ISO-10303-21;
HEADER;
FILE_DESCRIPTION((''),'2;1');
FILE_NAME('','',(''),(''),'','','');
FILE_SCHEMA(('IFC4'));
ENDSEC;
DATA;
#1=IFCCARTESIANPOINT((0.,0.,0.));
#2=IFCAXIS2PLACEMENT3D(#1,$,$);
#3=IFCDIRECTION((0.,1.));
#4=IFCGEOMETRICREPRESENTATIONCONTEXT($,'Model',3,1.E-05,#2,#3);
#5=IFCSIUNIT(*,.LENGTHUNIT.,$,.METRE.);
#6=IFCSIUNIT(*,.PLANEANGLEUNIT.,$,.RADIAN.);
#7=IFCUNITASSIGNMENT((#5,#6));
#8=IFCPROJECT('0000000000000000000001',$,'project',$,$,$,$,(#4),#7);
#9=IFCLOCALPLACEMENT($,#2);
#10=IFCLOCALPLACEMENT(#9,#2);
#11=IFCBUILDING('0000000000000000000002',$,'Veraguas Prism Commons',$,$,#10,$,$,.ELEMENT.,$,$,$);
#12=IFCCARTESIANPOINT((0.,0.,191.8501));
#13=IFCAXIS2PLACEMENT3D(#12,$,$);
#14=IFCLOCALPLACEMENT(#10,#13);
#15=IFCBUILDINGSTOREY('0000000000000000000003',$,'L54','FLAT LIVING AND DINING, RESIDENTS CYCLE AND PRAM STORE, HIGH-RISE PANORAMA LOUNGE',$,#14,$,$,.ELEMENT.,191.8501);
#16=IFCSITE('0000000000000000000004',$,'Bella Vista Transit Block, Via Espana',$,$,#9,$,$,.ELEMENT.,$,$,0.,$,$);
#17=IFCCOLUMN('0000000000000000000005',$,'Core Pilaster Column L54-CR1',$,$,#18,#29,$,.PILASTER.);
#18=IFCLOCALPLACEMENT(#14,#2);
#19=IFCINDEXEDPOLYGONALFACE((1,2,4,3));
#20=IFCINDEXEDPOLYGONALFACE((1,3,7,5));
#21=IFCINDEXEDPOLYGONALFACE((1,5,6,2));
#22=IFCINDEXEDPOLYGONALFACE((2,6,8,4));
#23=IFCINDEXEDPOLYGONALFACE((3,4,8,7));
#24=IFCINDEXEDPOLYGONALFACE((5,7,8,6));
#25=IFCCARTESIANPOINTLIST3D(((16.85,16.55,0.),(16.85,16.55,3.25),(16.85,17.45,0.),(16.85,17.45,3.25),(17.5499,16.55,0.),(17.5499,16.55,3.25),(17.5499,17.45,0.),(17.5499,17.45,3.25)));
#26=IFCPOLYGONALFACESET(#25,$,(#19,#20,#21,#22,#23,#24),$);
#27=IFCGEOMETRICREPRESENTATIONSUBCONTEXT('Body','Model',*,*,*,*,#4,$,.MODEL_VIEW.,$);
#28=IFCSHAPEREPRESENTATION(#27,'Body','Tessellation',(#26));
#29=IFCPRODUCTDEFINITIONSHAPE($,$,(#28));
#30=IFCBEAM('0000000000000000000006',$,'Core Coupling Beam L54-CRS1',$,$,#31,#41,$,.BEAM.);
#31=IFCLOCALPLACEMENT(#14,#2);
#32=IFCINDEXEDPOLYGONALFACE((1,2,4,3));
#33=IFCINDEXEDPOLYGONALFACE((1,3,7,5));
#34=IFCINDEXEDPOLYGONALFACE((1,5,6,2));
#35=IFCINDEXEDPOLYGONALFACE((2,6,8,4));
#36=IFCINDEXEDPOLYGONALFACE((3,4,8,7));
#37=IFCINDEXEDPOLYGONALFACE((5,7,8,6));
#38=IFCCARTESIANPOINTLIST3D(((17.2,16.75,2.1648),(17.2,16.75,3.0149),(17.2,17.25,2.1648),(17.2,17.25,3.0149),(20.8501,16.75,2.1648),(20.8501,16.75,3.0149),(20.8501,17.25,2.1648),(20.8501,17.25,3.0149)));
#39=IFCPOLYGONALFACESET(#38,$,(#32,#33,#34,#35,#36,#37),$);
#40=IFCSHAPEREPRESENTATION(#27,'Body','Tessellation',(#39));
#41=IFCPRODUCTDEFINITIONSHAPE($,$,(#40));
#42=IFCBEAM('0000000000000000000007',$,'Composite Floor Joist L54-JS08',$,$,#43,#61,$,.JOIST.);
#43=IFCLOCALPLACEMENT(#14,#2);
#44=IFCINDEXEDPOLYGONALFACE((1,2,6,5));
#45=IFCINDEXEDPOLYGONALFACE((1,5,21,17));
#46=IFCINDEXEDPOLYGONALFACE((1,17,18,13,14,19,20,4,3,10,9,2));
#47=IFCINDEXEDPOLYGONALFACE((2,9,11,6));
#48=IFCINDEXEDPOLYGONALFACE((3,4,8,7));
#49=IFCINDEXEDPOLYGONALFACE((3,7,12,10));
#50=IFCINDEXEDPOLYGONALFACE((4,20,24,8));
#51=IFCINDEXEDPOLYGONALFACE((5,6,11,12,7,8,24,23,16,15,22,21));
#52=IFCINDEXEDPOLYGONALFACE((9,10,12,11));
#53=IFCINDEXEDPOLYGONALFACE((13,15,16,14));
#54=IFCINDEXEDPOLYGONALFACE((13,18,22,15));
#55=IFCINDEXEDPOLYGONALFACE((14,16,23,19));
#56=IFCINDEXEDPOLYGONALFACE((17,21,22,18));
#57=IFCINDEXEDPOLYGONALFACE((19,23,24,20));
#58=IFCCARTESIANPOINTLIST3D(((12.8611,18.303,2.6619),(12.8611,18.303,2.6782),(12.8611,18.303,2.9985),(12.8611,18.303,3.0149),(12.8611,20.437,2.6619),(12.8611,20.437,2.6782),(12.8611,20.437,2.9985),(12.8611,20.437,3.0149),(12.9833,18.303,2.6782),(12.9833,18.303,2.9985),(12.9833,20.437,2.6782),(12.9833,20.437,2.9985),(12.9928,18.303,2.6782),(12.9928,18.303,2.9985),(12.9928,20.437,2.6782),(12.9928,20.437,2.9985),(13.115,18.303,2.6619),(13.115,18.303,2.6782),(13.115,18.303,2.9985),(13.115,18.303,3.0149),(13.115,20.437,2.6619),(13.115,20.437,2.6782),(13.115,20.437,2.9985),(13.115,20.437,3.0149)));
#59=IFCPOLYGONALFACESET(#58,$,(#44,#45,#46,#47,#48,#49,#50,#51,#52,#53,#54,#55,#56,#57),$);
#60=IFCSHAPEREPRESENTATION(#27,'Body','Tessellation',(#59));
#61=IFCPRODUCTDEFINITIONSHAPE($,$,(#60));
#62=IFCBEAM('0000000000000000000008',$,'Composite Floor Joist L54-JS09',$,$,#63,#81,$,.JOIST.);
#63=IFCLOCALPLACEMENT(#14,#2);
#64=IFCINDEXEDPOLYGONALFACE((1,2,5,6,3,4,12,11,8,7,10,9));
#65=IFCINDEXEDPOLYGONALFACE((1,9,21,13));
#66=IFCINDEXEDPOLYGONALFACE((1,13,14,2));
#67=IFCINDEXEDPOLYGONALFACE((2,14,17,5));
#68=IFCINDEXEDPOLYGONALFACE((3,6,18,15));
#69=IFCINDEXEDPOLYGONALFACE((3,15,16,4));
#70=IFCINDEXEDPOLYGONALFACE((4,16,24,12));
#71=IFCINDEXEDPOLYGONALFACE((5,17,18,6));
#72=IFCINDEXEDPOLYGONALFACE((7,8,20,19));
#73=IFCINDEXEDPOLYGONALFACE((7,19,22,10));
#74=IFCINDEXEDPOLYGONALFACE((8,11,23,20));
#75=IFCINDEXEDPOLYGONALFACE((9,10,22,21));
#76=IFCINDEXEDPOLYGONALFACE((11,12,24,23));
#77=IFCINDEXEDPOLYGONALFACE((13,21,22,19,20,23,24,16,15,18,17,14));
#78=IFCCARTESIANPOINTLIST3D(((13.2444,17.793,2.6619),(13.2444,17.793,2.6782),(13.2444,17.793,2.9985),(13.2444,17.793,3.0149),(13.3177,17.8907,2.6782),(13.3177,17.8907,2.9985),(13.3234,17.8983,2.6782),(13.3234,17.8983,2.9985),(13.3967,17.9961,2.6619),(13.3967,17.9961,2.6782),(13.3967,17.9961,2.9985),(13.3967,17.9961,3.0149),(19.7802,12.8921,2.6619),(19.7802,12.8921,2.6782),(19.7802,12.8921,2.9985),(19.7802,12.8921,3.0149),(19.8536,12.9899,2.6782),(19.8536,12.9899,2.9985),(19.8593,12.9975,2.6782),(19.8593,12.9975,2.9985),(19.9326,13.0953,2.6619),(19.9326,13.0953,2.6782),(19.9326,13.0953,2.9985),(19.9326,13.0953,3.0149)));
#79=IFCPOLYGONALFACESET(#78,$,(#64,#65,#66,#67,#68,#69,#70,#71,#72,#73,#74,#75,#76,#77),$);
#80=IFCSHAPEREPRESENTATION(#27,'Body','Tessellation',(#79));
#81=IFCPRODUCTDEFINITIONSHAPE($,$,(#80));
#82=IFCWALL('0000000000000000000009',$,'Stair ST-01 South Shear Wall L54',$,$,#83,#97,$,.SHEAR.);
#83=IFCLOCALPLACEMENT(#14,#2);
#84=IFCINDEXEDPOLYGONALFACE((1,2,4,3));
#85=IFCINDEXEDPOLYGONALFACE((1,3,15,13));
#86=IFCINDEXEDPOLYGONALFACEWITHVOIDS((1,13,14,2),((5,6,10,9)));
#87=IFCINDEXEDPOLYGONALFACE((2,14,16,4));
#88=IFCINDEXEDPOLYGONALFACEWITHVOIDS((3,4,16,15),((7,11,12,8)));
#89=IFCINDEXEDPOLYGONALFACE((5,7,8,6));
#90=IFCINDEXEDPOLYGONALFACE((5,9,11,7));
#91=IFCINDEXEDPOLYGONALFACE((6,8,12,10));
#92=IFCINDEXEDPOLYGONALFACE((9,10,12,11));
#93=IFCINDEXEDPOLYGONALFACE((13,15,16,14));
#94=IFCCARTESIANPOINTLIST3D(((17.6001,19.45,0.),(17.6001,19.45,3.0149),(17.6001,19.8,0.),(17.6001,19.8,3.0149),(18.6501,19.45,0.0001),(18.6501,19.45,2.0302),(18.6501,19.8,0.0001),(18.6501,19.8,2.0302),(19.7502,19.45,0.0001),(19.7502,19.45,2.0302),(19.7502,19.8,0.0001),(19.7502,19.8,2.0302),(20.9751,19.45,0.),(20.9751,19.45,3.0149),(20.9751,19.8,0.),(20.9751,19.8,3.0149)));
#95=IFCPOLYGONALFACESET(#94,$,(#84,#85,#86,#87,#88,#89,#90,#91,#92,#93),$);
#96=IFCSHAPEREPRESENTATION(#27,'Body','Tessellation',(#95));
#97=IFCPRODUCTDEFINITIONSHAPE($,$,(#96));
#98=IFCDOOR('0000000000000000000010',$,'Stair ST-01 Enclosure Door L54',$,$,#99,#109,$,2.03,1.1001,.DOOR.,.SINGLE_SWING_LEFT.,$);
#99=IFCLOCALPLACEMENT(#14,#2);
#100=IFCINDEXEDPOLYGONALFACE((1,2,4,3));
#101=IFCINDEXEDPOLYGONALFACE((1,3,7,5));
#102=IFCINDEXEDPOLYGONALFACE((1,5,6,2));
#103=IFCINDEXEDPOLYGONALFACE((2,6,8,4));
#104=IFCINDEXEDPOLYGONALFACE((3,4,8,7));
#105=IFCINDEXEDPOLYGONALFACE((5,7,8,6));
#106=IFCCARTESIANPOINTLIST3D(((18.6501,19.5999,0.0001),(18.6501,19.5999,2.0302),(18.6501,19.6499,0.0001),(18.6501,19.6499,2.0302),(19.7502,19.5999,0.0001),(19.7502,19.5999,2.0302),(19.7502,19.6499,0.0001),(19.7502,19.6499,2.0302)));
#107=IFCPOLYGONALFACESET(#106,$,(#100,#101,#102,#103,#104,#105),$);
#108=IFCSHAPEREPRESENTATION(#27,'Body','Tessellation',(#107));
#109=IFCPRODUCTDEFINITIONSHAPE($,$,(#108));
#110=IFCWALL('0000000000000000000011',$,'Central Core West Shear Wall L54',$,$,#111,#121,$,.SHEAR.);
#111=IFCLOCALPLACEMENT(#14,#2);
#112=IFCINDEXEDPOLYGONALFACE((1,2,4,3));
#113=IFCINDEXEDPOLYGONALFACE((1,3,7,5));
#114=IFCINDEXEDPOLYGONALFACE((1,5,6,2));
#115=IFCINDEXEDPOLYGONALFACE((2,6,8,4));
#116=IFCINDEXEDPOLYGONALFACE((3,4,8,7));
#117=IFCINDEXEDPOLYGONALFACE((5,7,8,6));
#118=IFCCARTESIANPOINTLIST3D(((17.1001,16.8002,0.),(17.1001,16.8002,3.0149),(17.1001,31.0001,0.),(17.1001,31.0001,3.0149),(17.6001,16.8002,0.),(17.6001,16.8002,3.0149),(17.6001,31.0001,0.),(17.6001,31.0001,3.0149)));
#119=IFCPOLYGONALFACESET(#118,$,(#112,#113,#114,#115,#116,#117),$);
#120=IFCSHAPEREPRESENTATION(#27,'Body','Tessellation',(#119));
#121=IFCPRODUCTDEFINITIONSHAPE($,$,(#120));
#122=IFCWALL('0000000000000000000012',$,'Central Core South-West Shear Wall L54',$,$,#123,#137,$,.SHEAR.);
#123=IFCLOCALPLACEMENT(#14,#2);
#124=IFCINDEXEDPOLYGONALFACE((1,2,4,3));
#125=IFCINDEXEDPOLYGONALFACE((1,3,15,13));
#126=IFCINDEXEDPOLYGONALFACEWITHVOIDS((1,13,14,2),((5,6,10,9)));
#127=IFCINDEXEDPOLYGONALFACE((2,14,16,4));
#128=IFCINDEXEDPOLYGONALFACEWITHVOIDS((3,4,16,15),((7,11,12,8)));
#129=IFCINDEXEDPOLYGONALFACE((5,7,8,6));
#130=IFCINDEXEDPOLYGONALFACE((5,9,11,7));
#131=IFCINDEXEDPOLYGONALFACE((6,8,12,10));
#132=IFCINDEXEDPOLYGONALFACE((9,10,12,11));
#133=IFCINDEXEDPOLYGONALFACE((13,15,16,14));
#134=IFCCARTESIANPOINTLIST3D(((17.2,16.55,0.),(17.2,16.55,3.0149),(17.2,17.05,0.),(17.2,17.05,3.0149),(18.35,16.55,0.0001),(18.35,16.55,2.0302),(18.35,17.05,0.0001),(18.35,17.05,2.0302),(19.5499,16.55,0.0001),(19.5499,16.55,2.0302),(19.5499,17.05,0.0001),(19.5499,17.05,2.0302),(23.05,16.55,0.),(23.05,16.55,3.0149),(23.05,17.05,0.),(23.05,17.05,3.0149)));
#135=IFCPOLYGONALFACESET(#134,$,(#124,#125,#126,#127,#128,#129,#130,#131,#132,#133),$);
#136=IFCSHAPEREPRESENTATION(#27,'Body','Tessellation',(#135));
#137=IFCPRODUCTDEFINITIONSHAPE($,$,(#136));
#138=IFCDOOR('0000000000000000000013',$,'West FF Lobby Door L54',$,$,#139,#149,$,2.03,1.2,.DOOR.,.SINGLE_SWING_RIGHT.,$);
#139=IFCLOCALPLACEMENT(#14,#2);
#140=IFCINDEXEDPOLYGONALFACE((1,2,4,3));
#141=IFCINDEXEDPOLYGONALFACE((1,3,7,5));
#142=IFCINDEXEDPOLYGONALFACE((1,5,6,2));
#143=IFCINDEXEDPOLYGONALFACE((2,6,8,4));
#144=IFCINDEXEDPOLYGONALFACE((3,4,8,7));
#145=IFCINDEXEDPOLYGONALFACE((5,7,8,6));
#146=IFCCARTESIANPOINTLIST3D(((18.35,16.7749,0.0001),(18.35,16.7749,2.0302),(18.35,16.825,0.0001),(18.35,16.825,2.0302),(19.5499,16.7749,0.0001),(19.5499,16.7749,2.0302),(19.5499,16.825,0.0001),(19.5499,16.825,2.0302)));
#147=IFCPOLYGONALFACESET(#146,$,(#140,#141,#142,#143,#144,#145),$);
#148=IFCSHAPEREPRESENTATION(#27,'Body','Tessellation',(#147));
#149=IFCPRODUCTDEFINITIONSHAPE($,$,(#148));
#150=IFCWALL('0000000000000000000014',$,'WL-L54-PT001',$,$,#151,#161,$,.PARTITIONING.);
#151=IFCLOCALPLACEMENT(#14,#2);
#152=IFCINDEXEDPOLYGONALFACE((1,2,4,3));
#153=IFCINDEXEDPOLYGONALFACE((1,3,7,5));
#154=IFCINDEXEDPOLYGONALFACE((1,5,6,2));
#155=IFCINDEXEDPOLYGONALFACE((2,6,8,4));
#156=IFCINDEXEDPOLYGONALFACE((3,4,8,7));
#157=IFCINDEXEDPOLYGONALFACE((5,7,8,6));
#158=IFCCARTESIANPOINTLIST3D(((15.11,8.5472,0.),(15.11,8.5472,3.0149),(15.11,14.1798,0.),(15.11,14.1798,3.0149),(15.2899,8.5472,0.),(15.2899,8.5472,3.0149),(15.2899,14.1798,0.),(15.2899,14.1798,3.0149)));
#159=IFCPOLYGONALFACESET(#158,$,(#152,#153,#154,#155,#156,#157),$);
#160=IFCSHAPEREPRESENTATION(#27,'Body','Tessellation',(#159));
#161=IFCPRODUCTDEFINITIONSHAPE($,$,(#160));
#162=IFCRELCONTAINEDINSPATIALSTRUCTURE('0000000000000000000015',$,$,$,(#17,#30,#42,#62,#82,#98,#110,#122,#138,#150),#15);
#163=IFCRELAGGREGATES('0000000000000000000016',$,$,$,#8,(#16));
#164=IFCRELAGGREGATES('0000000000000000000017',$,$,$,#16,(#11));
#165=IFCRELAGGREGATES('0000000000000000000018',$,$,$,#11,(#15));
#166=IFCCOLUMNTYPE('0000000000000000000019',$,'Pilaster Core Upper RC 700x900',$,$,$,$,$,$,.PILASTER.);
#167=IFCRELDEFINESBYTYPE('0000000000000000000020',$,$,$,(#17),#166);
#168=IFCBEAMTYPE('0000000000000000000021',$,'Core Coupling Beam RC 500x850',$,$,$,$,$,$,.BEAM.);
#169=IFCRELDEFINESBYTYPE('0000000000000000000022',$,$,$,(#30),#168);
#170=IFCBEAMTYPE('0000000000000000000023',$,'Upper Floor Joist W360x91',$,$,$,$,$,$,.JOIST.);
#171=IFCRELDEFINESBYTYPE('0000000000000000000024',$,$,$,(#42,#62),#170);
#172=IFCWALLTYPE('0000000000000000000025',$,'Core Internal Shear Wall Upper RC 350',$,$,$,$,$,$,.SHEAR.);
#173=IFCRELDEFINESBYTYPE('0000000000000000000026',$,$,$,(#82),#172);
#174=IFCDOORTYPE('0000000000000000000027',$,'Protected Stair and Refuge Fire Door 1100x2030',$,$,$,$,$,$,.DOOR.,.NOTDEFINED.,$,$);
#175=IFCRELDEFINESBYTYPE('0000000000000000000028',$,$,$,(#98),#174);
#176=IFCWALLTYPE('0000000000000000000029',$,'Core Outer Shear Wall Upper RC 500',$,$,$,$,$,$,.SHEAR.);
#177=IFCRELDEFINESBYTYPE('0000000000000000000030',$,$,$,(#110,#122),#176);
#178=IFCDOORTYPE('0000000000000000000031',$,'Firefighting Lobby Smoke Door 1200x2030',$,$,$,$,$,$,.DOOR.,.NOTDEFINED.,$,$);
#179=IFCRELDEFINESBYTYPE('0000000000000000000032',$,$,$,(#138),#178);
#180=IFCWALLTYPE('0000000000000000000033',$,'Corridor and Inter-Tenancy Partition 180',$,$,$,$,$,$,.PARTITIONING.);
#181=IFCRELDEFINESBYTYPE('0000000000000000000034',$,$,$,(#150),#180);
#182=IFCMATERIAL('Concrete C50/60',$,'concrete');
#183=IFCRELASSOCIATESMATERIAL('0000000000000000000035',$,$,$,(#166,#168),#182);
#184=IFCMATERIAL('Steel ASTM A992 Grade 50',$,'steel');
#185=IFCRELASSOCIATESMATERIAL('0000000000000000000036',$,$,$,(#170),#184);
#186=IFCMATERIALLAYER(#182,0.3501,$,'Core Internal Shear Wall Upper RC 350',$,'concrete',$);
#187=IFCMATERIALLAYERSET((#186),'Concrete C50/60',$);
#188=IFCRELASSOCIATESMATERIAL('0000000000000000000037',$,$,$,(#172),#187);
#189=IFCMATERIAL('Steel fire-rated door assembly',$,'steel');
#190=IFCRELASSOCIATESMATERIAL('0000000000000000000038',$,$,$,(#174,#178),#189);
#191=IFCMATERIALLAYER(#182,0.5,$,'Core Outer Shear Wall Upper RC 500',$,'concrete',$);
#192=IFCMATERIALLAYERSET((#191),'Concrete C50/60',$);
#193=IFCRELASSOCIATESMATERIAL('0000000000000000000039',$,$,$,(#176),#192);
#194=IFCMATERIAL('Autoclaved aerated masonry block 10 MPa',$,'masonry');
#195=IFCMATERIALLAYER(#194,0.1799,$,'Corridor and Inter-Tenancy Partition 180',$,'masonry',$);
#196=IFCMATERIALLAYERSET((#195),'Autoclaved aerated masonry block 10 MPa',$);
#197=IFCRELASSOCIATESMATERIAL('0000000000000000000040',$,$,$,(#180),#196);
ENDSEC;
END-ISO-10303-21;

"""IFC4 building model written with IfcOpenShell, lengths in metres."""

from ifc_helpers import new_model, si_unit, direction, frame, frame_2d, origin, origin_2d, place, context, subcontext, project, spatial, rectangle, i_section, extrude, source, transform, mapped, material, layer, layer_set, material_profile, profile_set, type_object, element, fill, save


model = new_model("IFC4")

# Units and contexts
model_context = context("Model", 3, precision=1e-05, world=origin(), true_north=direction((0.0, 1.0)))
body_context = subcontext(model_context, "Body", "Model", "MODEL_VIEW")
ifc_project = project(units=[si_unit("LENGTHUNIT", "METRE"), si_unit("PLANEANGLEUNIT", "RADIAN")], contexts=[model_context])

# Site, building, storey
site_placement = place(None, origin())
site = spatial("IfcSite", under=ifc_project, at=site_placement, Name="Bella Vista Transit Block, Via Espana", CompositionType="ELEMENT", RefElevation=0.0)
building_placement = place(site_placement, origin())
building = spatial("IfcBuilding", under=site, at=building_placement, Name="Veraguas Prism Commons", CompositionType="ELEMENT")
storey_placement = place(building_placement, frame((0.0, 0.0, 191.8501)))
storey = spatial("IfcBuildingStorey", under=building, at=storey_placement, Name="L54", Description="FLAT LIVING AND DINING, RESIDENTS CYCLE AND PRAM STORE, HIGH-RISE PANORAMA LOUNGE", CompositionType="ELEMENT", Elevation=191.8501)

# Column
ifc_material_1 = material(Name="Concrete C50/60", Category="concrete")
ifc_material_profile_1 = material_profile(ifc_material_1, rectangle(XDim=0.7, YDim=0.8999, at=origin_2d()), Name="RC700X900")
ifc_profile_set_1 = profile_set([ifc_material_profile_1], Name="Concrete C50/60")
column_type = type_object("IfcColumnType", Name="Pilaster Core Upper RC 700x900", PredefinedType="PILASTER", material=ifc_profile_set_1)
column_placement = place(storey_placement, frame((17.2, 17.0, 0.0), z_axis=(0.0, 0.0, 1.0), x_axis=(1.0, 0.0, 0.0)))
element("IfcColumn", 1, at=column_placement, inside=storey, type_object=column_type, Name="Core Pilaster Column L54-CR1", PredefinedType="PILASTER", context=body_context, shape_type="SweptSolid", body=[
    extrude(rectangle(XDim=0.7, YDim=0.8999, at=origin_2d()), origin(), (0.0, 0.0, 1.0), 3.25),
])

# Beams
ifc_material_profile_2 = material_profile(ifc_material_1, rectangle(XDim=0.5, YDim=0.8501, at=origin_2d()), Name="RC500X850")
ifc_profile_set_2 = profile_set([ifc_material_profile_2], Name="Concrete C50/60")
beam_type_1 = type_object("IfcBeamType", Name="Core Coupling Beam RC 500x850", PredefinedType="BEAM", material=ifc_profile_set_2)
beam_1_placement = place(storey_placement, frame((17.2, 17.0, 2.5898), z_axis=(1.0, 0.0, 0.0), x_axis=(0.0, 1.0, 0.0)))
element("IfcBeam", 2, at=beam_1_placement, inside=storey, type_object=beam_type_1, Name="Core Coupling Beam L54-CRS1", PredefinedType="BEAM", context=body_context, shape_type="SweptSolid", body=[
    extrude(rectangle(XDim=0.5, YDim=0.8501, at=origin_2d()), origin(), (0.0, 0.0, 1.0), 3.6501),
])
ifc_material_2 = material(Name="Steel ASTM A992 Grade 50", Category="steel")
ifc_material_profile_3 = material_profile(ifc_material_2, i_section(OverallWidth=0.2539, OverallDepth=0.353, WebThickness=0.0095, FlangeThickness=0.0164, at=origin_2d()), Name="W360X91")
ifc_profile_set_3 = profile_set([ifc_material_profile_3], Name="Steel ASTM A992 Grade 50")
beam_type_2 = type_object("IfcBeamType", Name="Upper Floor Joist W360x91", PredefinedType="JOIST", material=ifc_profile_set_3)
beam_2_placement = place(storey_placement, frame((12.988, 20.437, 2.8384), z_axis=(0.0, -1.0, 0.0), x_axis=(1.0, 0.0, 0.0)))
element("IfcBeam", 3, at=beam_2_placement, inside=storey, type_object=beam_type_2, Name="Composite Floor Joist L54-JS08", PredefinedType="JOIST", context=body_context, shape_type="SweptSolid", body=[
    extrude(i_section(OverallWidth=0.2539, OverallDepth=0.353, WebThickness=0.0095, FlangeThickness=0.0164, at=origin_2d()), origin(), (0.0, 0.0, 1.0), 2.134),
])
beam_3_placement = place(storey_placement, frame((13.3206, 17.8945, 2.8384), z_axis=(0.800061, -0.599919, 0.0), x_axis=(0.599919, 0.800061, 0.0)))
element("IfcBeam", 4, at=beam_3_placement, inside=storey, type_object=beam_type_2, Name="Composite Floor Joist L54-JS09", PredefinedType="JOIST", context=body_context, shape_type="SweptSolid", body=[
    extrude(i_section(OverallWidth=0.2539, OverallDepth=0.353, WebThickness=0.0095, FlangeThickness=0.0164, at=origin_2d()), origin(), (0.0, 0.0, 1.0), 8.1692),
])

# Wall, opening, door
ifc_layer_1 = layer(ifc_material_1, 0.3501, Name="Core Internal Shear Wall Upper RC 350", Category="concrete")
ifc_layer_set_1 = layer_set([ifc_layer_1], Name="Concrete C50/60")
wall_type_1 = type_object("IfcWallType", Name="Core Internal Shear Wall Upper RC 350", PredefinedType="SHEAR", material=ifc_layer_set_1)
wall_1_placement = place(storey_placement, frame((17.6001, 19.625, 0.0), z_axis=(0.0, 0.0, 1.0), x_axis=(1.0, 0.0, 0.0)))
wall_1 = element("IfcWall", 5, at=wall_1_placement, inside=storey, type_object=wall_type_1, Name="Stair ST-01 South Shear Wall L54", PredefinedType="SHEAR", context=body_context, shape_type="SweptSolid", body=[
    extrude(rectangle(XDim=3.375, YDim=0.3501, at=frame_2d((1.6875, 0.0))), origin(), (0.0, 0.0, 1.0), 3.0149),
])
opening_1_placement = place(wall_1_placement, frame((1.05, 0.0, 0.0)))
opening_1 = element("IfcOpeningElement", 6, at=opening_1_placement, cuts=wall_1, PredefinedType="OPENING", context=body_context, shape_type="SweptSolid", body=[
    extrude(rectangle(XDim=1.1001, YDim=2.03, at=frame_2d((0.55, 1.0151))), frame((0.0, 0.1851, 0.0), z_axis=(0.0, -1.0, 0.0), x_axis=(1.0, 0.0, 0.0)), (0.0, 0.0, 1.0), 0.3701),
])
ifc_material_3 = material(Name="Steel fire-rated door assembly", Category="steel")
door_type_1 = type_object("IfcDoorType", Name="Protected Stair and Refuge Fire Door 1100x2030", OperationType="NOTDEFINED", PredefinedType="DOOR", material=ifc_material_3)
shared_shape_1 = source(origin(), body_context, "Body", "SweptSolid", [
    extrude(rectangle(XDim=1.1001, YDim=2.03, at=frame_2d((0.55, 1.0151))), frame((0.0, 0.0249, 0.0), z_axis=(0.0, -1.0, 0.0), x_axis=(1.0, 0.0, 0.0)), (0.0, 0.0, 1.0), 0.05),
])
door_1_placement = place(opening_1_placement, origin())
door_1 = element("IfcDoor", 7, at=door_1_placement, inside=storey, type_object=door_type_1, Name="Stair ST-01 Enclosure Door L54", OperationType="SINGLE_SWING_LEFT", OverallHeight=2.03, OverallWidth=1.1001, PredefinedType="DOOR", context=body_context, shape_type="MappedRepresentation", body=[
    mapped(shared_shape_1, transform((0.0, 0.0, 0.0), scale=1.0)),
])
fill(opening_1, door_1)

# Wall
ifc_layer_2 = layer(ifc_material_1, 0.5, Name="Core Outer Shear Wall Upper RC 500", Category="concrete")
ifc_layer_set_2 = layer_set([ifc_layer_2], Name="Concrete C50/60")
wall_type_2 = type_object("IfcWallType", Name="Core Outer Shear Wall Upper RC 500", PredefinedType="SHEAR", material=ifc_layer_set_2)
wall_2_placement = place(storey_placement, frame((17.3501, 16.8, 0.0), z_axis=(0.0, 0.0, 1.0), x_axis=(0.0, 1.0, 0.0)))
element("IfcWall", 8, at=wall_2_placement, inside=storey, type_object=wall_type_2, Name="Central Core West Shear Wall L54", PredefinedType="SHEAR", context=body_context, shape_type="SweptSolid", body=[
    extrude(rectangle(XDim=14.2, YDim=0.5, at=frame_2d((7.1001, 0.0))), origin(), (0.0, 0.0, 1.0), 3.0149),
])

# Wall, opening, door
wall_3_placement = place(storey_placement, frame((17.2, 16.8, 0.0), z_axis=(0.0, 0.0, 1.0), x_axis=(1.0, 0.0, 0.0)))
wall_3 = element("IfcWall", 9, at=wall_3_placement, inside=storey, type_object=wall_type_2, Name="Central Core South-West Shear Wall L54", PredefinedType="SHEAR", context=body_context, shape_type="SweptSolid", body=[
    extrude(rectangle(XDim=5.8501, YDim=0.5, at=frame_2d((2.925, 0.0))), origin(), (0.0, 0.0, 1.0), 3.0149),
])
opening_2_placement = place(wall_3_placement, frame((1.1499, 0.0, 0.0)))
opening_2 = element("IfcOpeningElement", 10, at=opening_2_placement, cuts=wall_3, PredefinedType="OPENING", context=body_context, shape_type="SweptSolid", body=[
    extrude(rectangle(XDim=1.2, YDim=2.03, at=frame_2d((0.6001, 1.0151))), frame((0.0, 0.26, 0.0), z_axis=(0.0, -1.0, 0.0), x_axis=(1.0, 0.0, 0.0)), (0.0, 0.0, 1.0), 0.52),
])
door_type_2 = type_object("IfcDoorType", Name="Firefighting Lobby Smoke Door 1200x2030", OperationType="NOTDEFINED", PredefinedType="DOOR", material=ifc_material_3)
shared_shape_2 = source(origin(), body_context, "Body", "SweptSolid", [
    extrude(rectangle(XDim=1.2, YDim=2.03, at=frame_2d((0.6001, 1.0151))), frame((0.0, 0.0249, 0.0), z_axis=(0.0, -1.0, 0.0), x_axis=(1.0, 0.0, 0.0)), (0.0, 0.0, 1.0), 0.05),
])
door_2_placement = place(opening_2_placement, origin())
door_2 = element("IfcDoor", 11, at=door_2_placement, inside=storey, type_object=door_type_2, Name="West FF Lobby Door L54", OperationType="SINGLE_SWING_RIGHT", OverallHeight=2.03, OverallWidth=1.2, PredefinedType="DOOR", context=body_context, shape_type="MappedRepresentation", body=[
    mapped(shared_shape_2, transform((0.0, 0.0, 0.0), scale=1.0)),
])
fill(opening_2, door_2)

# Wall
ifc_material_4 = material(Name="Autoclaved aerated masonry block 10 MPa", Category="masonry")
ifc_layer_3 = layer(ifc_material_4, 0.1799, Name="Corridor and Inter-Tenancy Partition 180", Category="masonry")
ifc_layer_set_3 = layer_set([ifc_layer_3], Name="Autoclaved aerated masonry block 10 MPa")
wall_type_3 = type_object("IfcWallType", Name="Corridor and Inter-Tenancy Partition 180", PredefinedType="PARTITIONING", material=ifc_layer_set_3)
wall_4_placement = place(storey_placement, frame((15.2, 14.1799, 0.0), z_axis=(0.0, 0.0, 1.0), x_axis=(0.0, -1.0, 0.0)))
element("IfcWall", 12, at=wall_4_placement, inside=storey, type_object=wall_type_3, Name="WL-L54-PT001", PredefinedType="PARTITIONING", context=body_context, shape_type="SweptSolid", body=[
    extrude(rectangle(XDim=5.6326, YDim=0.1799, at=frame_2d((2.8164, 0.0))), origin(), (0.0, 0.0, 1.0), 3.0149),
])

save(model, "model.ifc")
